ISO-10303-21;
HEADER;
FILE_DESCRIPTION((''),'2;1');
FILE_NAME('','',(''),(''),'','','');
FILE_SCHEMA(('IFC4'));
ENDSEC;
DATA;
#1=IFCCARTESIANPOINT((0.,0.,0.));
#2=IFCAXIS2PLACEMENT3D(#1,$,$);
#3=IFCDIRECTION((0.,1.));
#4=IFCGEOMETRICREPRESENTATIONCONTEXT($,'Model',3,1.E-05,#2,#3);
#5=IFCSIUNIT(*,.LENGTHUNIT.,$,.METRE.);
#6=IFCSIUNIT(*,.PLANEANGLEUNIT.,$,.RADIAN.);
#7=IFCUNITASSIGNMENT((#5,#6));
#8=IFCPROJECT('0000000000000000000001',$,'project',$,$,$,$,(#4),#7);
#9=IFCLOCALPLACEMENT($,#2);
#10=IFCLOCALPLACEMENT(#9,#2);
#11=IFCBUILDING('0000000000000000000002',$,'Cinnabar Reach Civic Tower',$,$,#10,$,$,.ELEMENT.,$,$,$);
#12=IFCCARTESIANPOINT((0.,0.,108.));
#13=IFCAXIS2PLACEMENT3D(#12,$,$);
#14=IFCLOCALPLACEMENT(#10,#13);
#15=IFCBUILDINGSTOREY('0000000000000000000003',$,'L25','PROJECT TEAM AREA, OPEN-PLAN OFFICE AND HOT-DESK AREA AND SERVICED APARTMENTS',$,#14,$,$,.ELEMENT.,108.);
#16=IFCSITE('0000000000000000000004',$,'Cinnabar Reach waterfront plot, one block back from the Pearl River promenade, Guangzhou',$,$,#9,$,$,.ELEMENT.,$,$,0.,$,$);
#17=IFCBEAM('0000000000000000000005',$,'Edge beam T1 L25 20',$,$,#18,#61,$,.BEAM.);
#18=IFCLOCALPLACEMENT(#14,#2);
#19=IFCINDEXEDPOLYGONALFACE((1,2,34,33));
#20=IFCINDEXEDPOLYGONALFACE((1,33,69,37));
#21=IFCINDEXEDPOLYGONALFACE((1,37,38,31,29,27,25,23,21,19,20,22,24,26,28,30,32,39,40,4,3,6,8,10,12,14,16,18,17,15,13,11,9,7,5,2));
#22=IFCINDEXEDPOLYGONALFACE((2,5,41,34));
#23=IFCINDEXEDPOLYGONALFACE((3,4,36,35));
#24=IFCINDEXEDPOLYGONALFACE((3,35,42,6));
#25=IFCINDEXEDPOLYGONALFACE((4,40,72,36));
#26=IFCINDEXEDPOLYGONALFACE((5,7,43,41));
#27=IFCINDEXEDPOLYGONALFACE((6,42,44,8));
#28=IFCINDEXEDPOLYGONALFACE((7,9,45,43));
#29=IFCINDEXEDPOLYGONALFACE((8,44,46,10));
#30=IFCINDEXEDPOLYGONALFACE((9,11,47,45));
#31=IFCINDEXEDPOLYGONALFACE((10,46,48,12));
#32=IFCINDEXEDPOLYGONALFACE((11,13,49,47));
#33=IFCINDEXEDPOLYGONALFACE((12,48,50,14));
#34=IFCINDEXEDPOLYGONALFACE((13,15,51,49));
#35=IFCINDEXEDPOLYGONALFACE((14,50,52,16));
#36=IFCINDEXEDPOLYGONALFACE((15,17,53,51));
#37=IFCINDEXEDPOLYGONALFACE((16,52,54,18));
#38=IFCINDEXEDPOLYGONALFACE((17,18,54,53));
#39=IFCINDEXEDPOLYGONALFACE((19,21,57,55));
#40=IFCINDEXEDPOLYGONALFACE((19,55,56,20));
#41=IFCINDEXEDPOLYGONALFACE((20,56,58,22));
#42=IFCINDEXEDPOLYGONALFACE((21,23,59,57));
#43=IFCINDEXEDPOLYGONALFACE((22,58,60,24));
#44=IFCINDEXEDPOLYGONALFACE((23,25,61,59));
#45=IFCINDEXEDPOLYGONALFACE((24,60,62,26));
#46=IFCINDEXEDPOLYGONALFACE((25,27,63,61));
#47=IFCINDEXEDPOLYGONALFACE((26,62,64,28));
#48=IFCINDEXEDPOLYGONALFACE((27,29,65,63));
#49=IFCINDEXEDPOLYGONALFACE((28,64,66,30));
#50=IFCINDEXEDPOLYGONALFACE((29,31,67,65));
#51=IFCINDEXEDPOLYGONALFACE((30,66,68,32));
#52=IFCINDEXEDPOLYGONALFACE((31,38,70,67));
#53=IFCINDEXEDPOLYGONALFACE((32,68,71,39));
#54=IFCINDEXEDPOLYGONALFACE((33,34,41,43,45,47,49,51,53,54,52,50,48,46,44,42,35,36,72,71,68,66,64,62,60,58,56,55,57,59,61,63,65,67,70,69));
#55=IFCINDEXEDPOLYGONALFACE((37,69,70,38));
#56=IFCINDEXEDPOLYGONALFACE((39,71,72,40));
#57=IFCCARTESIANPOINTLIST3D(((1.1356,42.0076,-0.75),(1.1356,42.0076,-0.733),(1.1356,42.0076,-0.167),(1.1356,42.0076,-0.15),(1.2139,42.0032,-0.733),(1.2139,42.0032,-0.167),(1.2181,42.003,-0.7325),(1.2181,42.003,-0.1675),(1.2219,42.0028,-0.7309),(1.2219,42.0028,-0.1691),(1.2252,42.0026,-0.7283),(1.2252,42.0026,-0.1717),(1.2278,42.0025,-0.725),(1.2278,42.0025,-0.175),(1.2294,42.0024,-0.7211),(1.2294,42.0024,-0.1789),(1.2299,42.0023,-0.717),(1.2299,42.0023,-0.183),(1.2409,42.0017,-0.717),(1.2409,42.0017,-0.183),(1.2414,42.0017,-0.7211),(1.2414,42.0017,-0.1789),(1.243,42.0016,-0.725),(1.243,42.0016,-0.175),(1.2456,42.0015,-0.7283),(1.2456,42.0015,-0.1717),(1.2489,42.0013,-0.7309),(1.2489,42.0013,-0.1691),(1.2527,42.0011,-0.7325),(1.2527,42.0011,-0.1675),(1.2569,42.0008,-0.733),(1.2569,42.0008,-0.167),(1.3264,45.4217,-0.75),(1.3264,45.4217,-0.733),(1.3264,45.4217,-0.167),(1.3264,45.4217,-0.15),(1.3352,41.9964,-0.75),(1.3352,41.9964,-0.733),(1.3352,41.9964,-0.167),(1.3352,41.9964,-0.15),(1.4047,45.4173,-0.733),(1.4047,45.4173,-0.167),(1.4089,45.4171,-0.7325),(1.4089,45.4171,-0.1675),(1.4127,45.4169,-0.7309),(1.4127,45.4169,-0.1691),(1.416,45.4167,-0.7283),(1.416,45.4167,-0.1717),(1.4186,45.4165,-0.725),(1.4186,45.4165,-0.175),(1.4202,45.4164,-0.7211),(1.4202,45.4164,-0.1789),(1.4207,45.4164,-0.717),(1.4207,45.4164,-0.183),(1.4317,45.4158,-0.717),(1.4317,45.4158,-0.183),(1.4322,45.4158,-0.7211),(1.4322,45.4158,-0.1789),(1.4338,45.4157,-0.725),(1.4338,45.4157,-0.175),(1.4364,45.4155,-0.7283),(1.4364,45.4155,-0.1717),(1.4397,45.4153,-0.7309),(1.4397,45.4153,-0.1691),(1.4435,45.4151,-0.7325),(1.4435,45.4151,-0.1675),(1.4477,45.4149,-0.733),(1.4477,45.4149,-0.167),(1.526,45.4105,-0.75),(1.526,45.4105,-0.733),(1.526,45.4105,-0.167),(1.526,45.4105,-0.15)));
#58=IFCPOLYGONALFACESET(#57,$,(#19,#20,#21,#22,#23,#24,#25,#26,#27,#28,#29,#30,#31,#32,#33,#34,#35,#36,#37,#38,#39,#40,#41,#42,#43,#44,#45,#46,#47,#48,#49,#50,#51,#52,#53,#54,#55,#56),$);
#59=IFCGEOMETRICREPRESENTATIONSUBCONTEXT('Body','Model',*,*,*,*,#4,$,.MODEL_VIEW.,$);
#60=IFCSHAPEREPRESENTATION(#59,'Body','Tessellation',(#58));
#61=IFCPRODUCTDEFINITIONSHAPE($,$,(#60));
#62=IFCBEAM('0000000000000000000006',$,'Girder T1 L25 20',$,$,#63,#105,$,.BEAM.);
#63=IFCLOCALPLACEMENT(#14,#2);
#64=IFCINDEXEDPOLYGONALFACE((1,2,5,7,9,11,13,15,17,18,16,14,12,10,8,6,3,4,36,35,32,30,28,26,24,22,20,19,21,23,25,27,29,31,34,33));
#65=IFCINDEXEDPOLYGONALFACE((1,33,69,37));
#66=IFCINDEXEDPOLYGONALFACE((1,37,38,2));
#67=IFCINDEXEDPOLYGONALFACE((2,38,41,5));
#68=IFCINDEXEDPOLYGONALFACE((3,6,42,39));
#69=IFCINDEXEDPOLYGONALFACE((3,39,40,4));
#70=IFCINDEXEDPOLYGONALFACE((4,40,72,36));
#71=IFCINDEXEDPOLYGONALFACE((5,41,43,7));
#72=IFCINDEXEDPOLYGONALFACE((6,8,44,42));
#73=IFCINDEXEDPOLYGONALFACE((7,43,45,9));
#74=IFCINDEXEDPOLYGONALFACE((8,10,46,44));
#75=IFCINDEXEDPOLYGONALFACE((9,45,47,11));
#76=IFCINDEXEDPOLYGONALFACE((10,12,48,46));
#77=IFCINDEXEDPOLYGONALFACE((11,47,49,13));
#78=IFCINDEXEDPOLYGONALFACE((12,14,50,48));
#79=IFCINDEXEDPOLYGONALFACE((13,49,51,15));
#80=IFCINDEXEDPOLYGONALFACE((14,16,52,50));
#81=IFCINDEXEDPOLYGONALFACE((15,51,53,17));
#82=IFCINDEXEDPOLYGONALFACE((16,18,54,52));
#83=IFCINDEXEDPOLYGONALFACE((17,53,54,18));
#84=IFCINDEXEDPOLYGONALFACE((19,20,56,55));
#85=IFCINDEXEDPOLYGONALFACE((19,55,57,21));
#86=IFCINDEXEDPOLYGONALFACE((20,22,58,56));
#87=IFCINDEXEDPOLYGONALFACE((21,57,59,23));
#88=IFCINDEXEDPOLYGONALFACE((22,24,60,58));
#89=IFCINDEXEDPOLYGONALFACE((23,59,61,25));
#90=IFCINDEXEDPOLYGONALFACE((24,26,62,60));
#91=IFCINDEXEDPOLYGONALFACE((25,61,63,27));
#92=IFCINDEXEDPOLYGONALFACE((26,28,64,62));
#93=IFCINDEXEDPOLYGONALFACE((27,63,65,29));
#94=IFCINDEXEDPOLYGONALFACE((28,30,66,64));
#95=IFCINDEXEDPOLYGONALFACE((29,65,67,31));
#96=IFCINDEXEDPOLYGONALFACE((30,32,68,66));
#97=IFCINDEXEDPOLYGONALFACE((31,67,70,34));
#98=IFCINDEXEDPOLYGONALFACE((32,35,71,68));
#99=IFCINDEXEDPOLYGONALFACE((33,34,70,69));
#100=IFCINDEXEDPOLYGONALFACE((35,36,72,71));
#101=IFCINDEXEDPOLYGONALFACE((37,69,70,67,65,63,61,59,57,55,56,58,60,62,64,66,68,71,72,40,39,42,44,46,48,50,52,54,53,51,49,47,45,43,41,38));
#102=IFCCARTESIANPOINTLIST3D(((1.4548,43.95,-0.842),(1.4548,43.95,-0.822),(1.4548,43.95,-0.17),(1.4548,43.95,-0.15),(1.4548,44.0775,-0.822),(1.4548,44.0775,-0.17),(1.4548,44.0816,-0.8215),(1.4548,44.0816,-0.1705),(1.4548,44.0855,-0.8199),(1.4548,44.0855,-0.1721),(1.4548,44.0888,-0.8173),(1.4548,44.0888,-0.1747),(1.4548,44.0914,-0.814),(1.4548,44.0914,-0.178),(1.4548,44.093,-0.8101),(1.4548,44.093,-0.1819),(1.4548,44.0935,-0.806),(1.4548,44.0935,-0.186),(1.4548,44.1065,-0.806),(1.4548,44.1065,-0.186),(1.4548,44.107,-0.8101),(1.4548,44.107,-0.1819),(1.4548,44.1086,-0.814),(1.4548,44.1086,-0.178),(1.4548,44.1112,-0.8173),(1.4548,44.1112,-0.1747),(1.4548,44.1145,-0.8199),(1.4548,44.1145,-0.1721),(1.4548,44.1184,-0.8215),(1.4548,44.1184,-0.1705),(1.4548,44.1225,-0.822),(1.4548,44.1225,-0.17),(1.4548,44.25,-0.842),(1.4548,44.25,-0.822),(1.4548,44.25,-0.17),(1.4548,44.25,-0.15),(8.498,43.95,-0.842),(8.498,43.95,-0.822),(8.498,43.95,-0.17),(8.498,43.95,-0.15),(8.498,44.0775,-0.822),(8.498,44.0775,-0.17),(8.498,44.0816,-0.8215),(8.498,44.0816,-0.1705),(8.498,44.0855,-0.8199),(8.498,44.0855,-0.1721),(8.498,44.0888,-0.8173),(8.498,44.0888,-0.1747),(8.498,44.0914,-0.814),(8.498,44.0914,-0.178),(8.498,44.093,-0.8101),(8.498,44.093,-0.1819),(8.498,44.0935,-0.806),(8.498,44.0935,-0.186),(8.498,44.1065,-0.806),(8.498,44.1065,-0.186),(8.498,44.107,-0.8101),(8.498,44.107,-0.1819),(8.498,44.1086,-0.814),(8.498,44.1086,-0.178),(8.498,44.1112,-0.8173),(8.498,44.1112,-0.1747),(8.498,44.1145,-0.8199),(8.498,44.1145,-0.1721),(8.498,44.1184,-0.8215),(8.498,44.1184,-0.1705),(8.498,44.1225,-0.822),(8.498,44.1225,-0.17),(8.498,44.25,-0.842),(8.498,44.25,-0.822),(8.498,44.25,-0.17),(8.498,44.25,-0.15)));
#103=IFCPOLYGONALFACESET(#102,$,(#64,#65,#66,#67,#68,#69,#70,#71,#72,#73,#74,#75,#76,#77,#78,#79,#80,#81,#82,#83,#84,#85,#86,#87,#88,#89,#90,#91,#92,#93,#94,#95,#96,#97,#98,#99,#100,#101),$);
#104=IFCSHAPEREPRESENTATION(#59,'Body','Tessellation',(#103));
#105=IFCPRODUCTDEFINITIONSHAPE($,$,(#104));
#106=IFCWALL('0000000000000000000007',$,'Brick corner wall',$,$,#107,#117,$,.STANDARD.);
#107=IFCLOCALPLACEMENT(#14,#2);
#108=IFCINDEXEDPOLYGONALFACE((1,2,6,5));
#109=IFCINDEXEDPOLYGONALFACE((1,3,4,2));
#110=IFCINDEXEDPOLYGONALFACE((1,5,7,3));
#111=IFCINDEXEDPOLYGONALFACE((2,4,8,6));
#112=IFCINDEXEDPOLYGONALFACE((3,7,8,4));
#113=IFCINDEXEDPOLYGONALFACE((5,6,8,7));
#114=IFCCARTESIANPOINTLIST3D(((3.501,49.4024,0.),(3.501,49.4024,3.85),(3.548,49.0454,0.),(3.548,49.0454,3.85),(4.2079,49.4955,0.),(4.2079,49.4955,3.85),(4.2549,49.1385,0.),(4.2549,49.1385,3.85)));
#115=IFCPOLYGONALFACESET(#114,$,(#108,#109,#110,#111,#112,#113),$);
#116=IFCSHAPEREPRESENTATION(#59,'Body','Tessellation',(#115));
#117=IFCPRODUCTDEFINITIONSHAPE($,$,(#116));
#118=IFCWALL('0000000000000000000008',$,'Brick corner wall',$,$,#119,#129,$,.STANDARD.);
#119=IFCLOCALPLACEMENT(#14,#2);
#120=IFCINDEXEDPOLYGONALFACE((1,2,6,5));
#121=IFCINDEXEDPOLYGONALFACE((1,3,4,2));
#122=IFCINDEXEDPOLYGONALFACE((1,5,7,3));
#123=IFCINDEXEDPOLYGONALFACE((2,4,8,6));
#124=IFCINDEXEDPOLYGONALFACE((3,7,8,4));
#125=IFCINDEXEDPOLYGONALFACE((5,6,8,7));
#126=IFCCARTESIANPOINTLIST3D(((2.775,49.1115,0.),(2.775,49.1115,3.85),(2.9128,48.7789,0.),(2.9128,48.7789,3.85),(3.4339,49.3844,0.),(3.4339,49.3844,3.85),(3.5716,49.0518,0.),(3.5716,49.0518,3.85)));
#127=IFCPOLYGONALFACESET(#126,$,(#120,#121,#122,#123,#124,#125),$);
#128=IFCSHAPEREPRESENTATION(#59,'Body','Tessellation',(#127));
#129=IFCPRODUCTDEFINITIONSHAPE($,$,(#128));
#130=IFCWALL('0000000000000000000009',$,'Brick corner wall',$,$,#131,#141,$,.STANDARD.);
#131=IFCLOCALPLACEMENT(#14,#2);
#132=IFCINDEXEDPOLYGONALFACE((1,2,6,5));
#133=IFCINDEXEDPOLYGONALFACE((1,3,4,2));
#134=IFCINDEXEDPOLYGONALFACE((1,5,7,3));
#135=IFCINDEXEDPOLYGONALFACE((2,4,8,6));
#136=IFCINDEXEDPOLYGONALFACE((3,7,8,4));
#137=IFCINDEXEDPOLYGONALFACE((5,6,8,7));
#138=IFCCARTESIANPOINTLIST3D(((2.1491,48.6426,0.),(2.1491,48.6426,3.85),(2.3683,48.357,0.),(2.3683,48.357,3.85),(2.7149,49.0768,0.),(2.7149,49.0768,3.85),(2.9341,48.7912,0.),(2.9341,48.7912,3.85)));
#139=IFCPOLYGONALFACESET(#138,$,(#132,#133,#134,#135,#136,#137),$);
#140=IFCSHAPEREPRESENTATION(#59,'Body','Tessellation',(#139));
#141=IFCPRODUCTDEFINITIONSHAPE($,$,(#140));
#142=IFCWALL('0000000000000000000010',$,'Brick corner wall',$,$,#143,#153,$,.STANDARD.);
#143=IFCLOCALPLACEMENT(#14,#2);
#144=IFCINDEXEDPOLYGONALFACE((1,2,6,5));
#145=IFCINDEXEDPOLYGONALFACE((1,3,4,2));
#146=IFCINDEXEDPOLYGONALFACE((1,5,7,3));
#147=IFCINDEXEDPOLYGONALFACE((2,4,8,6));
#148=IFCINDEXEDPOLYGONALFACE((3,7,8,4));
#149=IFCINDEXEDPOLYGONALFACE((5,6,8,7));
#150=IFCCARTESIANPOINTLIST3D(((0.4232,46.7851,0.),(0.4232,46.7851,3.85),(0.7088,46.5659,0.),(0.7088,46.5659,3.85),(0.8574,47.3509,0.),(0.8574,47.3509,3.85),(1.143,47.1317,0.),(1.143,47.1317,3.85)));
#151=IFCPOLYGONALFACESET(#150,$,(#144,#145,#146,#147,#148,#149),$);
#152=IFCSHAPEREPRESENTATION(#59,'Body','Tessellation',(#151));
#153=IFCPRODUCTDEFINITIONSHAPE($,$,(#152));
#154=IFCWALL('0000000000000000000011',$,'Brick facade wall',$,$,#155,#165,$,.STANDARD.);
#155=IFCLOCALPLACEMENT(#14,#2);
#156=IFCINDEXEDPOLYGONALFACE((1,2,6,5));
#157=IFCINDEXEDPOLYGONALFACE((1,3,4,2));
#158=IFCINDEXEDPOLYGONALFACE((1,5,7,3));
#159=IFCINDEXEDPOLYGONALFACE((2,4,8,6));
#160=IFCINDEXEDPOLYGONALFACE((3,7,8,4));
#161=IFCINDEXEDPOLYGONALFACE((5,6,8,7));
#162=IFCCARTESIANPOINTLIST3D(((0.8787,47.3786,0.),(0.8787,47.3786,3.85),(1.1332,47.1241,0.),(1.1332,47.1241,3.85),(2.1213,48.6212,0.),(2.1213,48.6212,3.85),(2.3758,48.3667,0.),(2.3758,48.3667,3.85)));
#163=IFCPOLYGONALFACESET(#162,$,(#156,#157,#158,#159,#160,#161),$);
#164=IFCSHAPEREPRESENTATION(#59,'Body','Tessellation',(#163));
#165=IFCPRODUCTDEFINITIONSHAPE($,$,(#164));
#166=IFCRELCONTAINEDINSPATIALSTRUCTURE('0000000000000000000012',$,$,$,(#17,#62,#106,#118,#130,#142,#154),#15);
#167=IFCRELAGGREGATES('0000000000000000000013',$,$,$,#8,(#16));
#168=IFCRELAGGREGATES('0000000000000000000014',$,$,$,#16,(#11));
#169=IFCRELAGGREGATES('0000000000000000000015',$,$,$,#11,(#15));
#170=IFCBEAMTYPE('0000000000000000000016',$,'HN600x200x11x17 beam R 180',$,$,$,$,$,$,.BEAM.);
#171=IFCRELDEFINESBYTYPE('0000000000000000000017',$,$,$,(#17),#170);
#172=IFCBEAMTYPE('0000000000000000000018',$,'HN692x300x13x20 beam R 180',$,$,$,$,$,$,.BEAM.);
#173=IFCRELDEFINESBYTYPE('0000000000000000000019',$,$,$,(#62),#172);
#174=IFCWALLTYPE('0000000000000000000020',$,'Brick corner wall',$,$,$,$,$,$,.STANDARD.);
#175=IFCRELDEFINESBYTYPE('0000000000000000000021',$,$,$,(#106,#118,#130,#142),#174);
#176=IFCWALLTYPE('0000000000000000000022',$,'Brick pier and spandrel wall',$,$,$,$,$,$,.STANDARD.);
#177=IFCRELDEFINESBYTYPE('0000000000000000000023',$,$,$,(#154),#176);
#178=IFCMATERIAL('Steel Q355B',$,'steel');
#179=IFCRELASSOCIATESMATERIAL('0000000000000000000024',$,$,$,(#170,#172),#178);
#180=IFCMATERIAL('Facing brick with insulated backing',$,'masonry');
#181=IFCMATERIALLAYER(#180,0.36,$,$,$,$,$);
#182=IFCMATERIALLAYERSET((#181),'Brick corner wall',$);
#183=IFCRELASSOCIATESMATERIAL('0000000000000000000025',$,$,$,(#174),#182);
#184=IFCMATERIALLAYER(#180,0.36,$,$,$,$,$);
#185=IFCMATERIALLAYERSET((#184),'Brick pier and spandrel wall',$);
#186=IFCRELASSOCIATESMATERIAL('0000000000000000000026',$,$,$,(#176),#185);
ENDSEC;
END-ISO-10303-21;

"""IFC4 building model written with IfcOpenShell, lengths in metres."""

from ifc_helpers import new_model, si_unit, direction, frame, frame_2d, origin, origin_2d, place, context, subcontext, project, spatial, rectangle, i_section, extrude, material, layer, layer_set, material_profile, profile_set, type_object, element, save


model = new_model("IFC4")

# Units and contexts
model_context = context("Model", 3, precision=1e-05, world=origin(), true_north=direction((0.0, 1.0)))
body_context = subcontext(model_context, "Body", "Model", "MODEL_VIEW")
ifc_project = project(units=[si_unit("LENGTHUNIT", "METRE"), si_unit("PLANEANGLEUNIT", "RADIAN")], contexts=[model_context])

# Site, building, storey
site_placement = place(None, origin())
site = spatial("IfcSite", under=ifc_project, at=site_placement, Name="Cinnabar Reach waterfront plot, one block back from the Pearl River promenade, Guangzhou", CompositionType="ELEMENT", RefElevation=0.0)
building_placement = place(site_placement, origin())
building = spatial("IfcBuilding", under=site, at=building_placement, Name="Cinnabar Reach Civic Tower", CompositionType="ELEMENT")
storey_placement = place(building_placement, frame((0.0, 0.0, 108.0)))
storey = spatial("IfcBuildingStorey", under=building, at=storey_placement, Name="L25", Description="PROJECT TEAM AREA, OPEN-PLAN OFFICE AND HOT-DESK AREA AND SERVICED APARTMENTS", CompositionType="ELEMENT", Elevation=108.0)

# Beams
ifc_material_1 = material(Name="Steel Q355B", Category="steel")
ifc_material_profile_1 = material_profile(ifc_material_1, i_section(OverallWidth=0.2, OverallDepth=0.6, WebThickness=0.011, FlangeThickness=0.017, FilletRadius=0.016, at=origin_2d()), Name="HN600x200x11x17")
ifc_profile_set_1 = profile_set([ifc_material_profile_1], Name="Steel Q355B")
beam_type_1 = type_object("IfcBeamType", Name="HN600x200x11x17 beam R 180", PredefinedType="BEAM", material=ifc_profile_set_1)
beam_1_placement = place(storey_placement, frame((1.4262, 45.4161, -0.45), z_axis=(-0.055799, -0.998442, 0.0), x_axis=(0.998442, -0.055799, 0.0)))
element("IfcBeam", 1, at=beam_1_placement, inside=storey, type_object=beam_type_1, Name="Edge beam T1 L25 20", PredefinedType="BEAM", context=body_context, shape_type="SweptSolid", body=[
    extrude(i_section(OverallWidth=0.2, OverallDepth=0.6, WebThickness=0.011, FlangeThickness=0.017, FilletRadius=0.016, at=origin_2d()), origin(), (0.0, 0.0, 1.0), 3.4194),
])
ifc_material_profile_2 = material_profile(ifc_material_1, i_section(OverallWidth=0.3, OverallDepth=0.692, WebThickness=0.013, FlangeThickness=0.02, FilletRadius=0.016, at=origin_2d()), Name="HN692x300x13x20")
ifc_profile_set_2 = profile_set([ifc_material_profile_2], Name="Steel Q355B")
beam_type_2 = type_object("IfcBeamType", Name="HN692x300x13x20 beam R 180", PredefinedType="BEAM", material=ifc_profile_set_2)
beam_2_placement = place(storey_placement, frame((1.4548, 44.1, -0.496), z_axis=(1.0, 0.0, 0.0), x_axis=(0.0, 1.0, 0.0)))
element("IfcBeam", 2, at=beam_2_placement, inside=storey, type_object=beam_type_2, Name="Girder T1 L25 20", PredefinedType="BEAM", context=body_context, shape_type="SweptSolid", body=[
    extrude(i_section(OverallWidth=0.3, OverallDepth=0.692, WebThickness=0.013, FlangeThickness=0.02, FilletRadius=0.016, at=origin_2d()), origin(), (0.0, 0.0, 1.0), 7.0432),
])

# Walls
ifc_material_2 = material(Name="Facing brick with insulated backing", Category="masonry")
ifc_layer_1 = layer(ifc_material_2, 0.36)
ifc_layer_set_1 = layer_set([ifc_layer_1], Name="Brick corner wall")
wall_type_1 = type_object("IfcWallType", Name="Brick corner wall", PredefinedType="STANDARD", material=ifc_layer_set_1)
for number, where, z_axis, x_axis, name in (
    (3, (4.2314, 49.317, 0.0), (0.0, 0.0, 1.0), (-0.991441, -0.130556, 0.0), "Brick corner wall"),
    (4, (3.5027, 49.2181, 0.0), (0.0, 0.0, 1.0), (-0.923872, -0.382703, 0.0), "Brick corner wall"),
):
    element("IfcWall", number, at=place(storey_placement, frame(where, z_axis=z_axis, x_axis=x_axis)), inside=storey, type_object=wall_type_1, Name=name, PredefinedType="STANDARD", context=body_context, shape_type="SweptSolid", body=[
        extrude(rectangle(XDim=0.7131, YDim=0.36, at=frame_2d((0.3565, 0.0))), origin(), (0.0, 0.0, 1.0), 3.85),
    ])
for number, where, z_axis, x_axis, name in (
    (5, (2.8245, 48.934, 0.0), (0.0, 0.0, 1.0), (-0.793322, -0.608802, 0.0), "Brick corner wall"),
    (6, (1.0002, 47.2413, 0.0), (0.0, 0.0, 1.0), (-0.608802, -0.793322, 0.0), "Brick corner wall"),
):
    element("IfcWall", number, at=place(storey_placement, frame(where, z_axis=z_axis, x_axis=x_axis)), inside=storey, type_object=wall_type_1, Name=name, PredefinedType="STANDARD", context=body_context, shape_type="SweptSolid", body=[
        extrude(rectangle(XDim=0.7132, YDim=0.36, at=frame_2d((0.3566, 0.0))), origin(), (0.0, 0.0, 1.0), 3.85),
    ])
ifc_layer_2 = layer(ifc_material_2, 0.36)
ifc_layer_set_2 = layer_set([ifc_layer_2], Name="Brick pier and spandrel wall")
wall_type_2 = type_object("IfcWallType", Name="Brick pier and spandrel wall", PredefinedType="STANDARD", material=ifc_layer_set_2)
wall_1_placement = place(storey_placement, frame((2.2486, 48.494, 0.0), z_axis=(0.0, 0.0, 1.0), x_axis=(-0.707107, -0.707107, 0.0)))
element("IfcWall", 7, at=wall_1_placement, inside=storey, type_object=wall_type_2, Name="Brick facade wall", PredefinedType="STANDARD", context=body_context, shape_type="SweptSolid", body=[
    extrude(rectangle(XDim=1.7573, YDim=0.36, at=frame_2d((0.8787, 0.0))), origin(), (0.0, 0.0, 1.0), 3.85),
])

save(model, "model.ifc")
